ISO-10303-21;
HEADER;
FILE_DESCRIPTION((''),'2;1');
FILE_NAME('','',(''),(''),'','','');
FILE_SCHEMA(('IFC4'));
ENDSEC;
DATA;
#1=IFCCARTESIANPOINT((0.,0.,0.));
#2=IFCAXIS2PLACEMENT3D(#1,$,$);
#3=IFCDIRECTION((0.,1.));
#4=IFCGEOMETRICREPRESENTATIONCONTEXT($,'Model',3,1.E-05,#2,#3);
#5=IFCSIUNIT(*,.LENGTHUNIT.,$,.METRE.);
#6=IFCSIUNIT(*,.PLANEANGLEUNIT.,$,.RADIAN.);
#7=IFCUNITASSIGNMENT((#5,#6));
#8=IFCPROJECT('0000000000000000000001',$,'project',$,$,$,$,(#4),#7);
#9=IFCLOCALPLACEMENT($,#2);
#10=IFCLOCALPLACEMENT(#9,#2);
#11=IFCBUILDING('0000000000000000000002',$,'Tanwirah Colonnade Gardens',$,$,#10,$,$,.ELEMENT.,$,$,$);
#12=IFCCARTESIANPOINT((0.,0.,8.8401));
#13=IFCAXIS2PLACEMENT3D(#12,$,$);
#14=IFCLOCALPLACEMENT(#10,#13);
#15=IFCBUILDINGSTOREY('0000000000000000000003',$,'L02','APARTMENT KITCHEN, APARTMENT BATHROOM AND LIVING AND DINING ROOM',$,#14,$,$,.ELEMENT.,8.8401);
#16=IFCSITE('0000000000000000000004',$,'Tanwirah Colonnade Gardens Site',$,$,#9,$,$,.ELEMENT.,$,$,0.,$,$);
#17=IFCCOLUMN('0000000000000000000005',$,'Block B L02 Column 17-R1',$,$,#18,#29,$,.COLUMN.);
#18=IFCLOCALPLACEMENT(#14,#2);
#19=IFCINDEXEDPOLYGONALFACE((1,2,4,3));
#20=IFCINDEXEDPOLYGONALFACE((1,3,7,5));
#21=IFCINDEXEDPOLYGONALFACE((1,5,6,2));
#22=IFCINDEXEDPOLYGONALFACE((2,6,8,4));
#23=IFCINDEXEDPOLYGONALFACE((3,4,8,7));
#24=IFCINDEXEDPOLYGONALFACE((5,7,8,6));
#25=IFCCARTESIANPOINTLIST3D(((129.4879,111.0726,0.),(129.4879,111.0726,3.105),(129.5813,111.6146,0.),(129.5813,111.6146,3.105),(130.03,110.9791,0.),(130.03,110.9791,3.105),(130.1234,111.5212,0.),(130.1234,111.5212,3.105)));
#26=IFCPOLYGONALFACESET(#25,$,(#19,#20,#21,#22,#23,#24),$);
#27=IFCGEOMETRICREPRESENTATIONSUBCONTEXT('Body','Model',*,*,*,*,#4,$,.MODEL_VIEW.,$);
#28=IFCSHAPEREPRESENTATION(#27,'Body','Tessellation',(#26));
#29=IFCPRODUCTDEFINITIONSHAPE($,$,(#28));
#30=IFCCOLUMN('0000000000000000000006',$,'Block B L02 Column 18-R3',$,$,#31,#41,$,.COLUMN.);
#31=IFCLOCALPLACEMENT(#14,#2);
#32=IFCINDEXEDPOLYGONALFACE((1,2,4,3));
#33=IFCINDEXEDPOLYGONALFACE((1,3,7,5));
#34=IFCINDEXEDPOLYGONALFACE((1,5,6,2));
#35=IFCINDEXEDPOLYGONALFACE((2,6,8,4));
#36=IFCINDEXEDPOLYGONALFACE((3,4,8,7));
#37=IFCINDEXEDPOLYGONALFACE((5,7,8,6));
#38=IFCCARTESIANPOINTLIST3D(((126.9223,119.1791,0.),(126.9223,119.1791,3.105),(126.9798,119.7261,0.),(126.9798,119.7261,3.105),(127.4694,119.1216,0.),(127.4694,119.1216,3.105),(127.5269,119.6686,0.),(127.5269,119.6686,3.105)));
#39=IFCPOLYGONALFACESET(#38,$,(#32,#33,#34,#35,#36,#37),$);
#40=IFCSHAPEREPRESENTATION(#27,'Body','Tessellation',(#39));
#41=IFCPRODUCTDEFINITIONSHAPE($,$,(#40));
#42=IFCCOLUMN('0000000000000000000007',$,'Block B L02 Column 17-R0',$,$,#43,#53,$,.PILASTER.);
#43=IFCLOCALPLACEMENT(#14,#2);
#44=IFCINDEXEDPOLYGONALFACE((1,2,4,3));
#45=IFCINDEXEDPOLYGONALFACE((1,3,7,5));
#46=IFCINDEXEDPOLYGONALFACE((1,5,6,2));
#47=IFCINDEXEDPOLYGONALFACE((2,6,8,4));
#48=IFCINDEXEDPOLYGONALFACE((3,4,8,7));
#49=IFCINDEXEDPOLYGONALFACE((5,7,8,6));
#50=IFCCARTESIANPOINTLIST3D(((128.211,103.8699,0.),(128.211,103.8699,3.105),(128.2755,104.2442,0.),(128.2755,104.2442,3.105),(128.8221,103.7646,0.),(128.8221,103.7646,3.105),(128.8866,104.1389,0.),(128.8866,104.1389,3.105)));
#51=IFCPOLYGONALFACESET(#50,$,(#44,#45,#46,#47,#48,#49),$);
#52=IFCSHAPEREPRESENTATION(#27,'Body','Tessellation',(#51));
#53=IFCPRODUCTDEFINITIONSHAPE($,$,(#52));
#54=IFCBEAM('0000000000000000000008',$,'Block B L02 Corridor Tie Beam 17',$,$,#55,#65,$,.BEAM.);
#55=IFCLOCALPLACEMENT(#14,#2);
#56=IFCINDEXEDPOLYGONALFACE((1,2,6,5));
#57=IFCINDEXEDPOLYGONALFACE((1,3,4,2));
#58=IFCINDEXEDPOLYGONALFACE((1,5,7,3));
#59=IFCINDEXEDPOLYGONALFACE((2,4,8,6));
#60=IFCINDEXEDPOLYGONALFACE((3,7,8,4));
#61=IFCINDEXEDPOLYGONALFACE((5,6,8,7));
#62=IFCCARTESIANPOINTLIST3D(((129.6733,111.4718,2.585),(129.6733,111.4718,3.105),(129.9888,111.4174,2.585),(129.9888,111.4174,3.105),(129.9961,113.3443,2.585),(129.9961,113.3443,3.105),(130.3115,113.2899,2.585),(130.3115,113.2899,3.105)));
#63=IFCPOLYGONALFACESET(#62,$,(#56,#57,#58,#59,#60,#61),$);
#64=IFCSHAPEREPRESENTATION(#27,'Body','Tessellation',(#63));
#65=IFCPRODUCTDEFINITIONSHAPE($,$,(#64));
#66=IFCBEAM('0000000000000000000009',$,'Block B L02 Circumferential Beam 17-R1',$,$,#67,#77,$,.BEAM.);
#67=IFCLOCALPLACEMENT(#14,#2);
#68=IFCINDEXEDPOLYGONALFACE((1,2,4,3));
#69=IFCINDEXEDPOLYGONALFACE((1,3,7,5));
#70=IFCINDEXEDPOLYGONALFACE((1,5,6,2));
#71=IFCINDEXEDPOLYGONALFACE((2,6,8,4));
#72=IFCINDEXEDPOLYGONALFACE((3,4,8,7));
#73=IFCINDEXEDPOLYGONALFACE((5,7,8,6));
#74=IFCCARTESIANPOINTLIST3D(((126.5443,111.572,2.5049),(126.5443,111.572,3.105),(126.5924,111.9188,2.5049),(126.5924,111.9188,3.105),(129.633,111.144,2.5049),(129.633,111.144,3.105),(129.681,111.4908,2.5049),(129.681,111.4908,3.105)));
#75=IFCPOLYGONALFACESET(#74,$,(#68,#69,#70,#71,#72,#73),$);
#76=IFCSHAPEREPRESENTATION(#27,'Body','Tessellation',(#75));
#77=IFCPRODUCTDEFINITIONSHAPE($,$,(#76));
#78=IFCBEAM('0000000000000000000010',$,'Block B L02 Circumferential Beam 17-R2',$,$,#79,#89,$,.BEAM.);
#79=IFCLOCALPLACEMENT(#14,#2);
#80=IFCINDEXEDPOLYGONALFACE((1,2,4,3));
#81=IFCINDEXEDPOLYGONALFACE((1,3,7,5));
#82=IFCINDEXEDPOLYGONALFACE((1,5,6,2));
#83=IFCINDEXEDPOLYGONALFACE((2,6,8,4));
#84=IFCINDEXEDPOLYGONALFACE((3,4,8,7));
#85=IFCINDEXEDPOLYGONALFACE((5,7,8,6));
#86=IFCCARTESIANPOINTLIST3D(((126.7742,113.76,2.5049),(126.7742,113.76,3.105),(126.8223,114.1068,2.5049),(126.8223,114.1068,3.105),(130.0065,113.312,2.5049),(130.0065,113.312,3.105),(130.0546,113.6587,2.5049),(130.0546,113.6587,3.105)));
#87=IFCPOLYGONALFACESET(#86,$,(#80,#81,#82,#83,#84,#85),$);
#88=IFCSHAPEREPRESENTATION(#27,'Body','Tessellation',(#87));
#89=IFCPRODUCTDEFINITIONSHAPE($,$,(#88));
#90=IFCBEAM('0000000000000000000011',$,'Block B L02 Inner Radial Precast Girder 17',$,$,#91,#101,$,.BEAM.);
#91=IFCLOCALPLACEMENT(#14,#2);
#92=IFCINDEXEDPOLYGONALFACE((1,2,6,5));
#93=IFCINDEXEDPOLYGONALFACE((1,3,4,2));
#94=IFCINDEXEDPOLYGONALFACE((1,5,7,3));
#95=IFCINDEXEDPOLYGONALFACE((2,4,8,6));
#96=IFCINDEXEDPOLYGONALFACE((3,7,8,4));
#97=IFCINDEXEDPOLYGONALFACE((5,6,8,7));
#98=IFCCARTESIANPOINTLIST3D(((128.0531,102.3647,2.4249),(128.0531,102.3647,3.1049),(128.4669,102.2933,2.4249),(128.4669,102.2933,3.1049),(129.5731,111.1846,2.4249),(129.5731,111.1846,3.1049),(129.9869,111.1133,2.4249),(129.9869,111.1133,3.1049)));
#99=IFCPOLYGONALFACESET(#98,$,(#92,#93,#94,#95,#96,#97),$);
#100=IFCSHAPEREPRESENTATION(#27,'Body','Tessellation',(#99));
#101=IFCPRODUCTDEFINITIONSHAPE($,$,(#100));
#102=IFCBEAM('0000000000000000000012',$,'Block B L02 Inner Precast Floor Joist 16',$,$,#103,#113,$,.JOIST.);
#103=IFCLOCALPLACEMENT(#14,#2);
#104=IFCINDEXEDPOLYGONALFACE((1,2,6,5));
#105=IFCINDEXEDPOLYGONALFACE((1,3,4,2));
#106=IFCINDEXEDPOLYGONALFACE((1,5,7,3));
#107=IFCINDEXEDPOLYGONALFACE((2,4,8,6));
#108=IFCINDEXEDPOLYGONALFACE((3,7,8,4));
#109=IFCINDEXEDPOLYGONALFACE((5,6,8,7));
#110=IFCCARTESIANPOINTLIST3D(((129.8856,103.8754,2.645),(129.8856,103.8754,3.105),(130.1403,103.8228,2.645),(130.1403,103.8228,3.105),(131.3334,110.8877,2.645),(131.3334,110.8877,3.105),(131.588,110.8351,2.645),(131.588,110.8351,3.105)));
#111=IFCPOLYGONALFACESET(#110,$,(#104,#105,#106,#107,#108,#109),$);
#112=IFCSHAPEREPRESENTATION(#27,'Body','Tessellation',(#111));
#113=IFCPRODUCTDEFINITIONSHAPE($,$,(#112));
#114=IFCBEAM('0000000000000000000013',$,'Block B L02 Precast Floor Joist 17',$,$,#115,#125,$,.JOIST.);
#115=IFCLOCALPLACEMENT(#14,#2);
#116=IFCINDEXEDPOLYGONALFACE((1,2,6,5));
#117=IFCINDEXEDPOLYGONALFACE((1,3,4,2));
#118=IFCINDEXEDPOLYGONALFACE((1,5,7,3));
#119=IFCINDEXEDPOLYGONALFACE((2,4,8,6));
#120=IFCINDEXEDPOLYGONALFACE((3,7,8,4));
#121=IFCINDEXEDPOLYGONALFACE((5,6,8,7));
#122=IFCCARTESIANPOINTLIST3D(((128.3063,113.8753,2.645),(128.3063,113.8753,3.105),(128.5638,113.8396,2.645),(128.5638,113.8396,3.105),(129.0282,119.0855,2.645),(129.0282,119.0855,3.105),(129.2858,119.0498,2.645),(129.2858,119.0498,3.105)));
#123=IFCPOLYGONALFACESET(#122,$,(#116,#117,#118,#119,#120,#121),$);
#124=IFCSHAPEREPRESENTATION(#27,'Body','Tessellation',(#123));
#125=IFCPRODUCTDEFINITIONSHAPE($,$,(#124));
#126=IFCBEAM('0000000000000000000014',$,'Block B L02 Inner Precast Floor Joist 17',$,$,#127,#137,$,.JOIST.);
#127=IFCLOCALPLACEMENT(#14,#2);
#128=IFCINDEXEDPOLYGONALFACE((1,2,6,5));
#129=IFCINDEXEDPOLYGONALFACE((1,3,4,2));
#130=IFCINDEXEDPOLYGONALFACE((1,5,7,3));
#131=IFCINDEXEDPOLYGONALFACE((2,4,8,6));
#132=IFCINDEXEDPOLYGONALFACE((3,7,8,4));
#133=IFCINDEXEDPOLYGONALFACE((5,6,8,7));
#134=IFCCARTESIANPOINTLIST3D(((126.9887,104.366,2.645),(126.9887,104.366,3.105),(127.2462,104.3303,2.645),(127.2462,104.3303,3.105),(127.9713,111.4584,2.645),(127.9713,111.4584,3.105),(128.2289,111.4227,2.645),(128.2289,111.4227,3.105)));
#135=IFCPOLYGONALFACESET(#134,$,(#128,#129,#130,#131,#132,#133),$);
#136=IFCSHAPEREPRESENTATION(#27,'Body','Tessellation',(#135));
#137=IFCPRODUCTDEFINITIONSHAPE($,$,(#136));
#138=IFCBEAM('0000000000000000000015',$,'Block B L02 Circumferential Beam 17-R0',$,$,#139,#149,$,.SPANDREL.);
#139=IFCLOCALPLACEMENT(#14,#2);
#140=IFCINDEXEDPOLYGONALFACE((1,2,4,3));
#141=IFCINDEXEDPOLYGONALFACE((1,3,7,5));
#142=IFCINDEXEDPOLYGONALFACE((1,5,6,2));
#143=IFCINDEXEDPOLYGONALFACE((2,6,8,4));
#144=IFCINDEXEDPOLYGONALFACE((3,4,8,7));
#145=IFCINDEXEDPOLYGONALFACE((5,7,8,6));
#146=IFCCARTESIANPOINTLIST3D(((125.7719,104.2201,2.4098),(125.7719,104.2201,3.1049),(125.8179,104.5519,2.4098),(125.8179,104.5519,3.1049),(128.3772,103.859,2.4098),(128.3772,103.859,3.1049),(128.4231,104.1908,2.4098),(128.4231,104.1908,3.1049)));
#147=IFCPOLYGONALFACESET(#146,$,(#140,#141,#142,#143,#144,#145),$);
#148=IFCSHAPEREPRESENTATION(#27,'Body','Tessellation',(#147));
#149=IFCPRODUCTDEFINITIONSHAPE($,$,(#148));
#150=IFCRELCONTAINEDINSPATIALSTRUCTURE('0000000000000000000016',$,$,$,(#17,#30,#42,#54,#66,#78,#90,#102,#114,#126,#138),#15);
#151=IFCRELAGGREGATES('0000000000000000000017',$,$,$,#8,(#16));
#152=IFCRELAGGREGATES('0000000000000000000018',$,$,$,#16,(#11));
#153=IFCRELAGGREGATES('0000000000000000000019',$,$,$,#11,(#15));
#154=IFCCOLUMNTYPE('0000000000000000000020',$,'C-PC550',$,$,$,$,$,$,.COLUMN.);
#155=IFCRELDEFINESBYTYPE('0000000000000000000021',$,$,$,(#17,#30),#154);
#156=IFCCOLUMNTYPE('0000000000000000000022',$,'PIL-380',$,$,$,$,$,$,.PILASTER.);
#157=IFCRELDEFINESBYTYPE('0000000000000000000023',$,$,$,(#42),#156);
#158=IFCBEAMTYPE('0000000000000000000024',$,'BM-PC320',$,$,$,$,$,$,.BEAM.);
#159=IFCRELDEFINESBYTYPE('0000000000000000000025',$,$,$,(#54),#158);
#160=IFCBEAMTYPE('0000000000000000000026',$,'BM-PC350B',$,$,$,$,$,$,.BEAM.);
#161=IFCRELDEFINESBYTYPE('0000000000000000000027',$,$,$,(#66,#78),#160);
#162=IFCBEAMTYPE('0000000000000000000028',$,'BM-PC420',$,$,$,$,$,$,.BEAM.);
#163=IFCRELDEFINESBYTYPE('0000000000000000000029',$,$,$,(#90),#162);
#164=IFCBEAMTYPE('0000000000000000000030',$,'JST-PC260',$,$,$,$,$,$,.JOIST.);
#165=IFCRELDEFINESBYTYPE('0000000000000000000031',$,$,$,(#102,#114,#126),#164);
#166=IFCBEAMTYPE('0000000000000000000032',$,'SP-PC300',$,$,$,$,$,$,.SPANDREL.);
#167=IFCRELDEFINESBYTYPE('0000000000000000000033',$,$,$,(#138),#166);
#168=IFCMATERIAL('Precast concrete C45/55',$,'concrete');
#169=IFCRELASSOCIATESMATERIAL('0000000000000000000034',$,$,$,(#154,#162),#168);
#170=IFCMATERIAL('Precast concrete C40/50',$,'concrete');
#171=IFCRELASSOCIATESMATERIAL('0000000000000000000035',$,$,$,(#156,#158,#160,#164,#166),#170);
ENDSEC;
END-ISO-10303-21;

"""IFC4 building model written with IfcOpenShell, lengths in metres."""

from ifc_helpers import new_model, si_unit, direction, frame, origin, origin_2d, place, context, subcontext, project, spatial, rectangle, extrude, material, material_profile, profile_set, type_object, element, save


model = new_model("IFC4")

# Units and contexts
model_context = context("Model", 3, precision=1e-05, world=origin(), true_north=direction((0.0, 1.0)))
body_context = subcontext(model_context, "Body", "Model", "MODEL_VIEW")
ifc_project = project(units=[si_unit("LENGTHUNIT", "METRE"), si_unit("PLANEANGLEUNIT", "RADIAN")], contexts=[model_context])

# Site, building, storey
site_placement = place(None, origin())
site = spatial("IfcSite", under=ifc_project, at=site_placement, Name="Tanwirah Colonnade Gardens Site", CompositionType="ELEMENT", RefElevation=0.0)
building_placement = place(site_placement, origin())
building = spatial("IfcBuilding", under=site, at=building_placement, Name="Tanwirah Colonnade Gardens", CompositionType="ELEMENT")
storey_placement = place(building_placement, frame((0.0, 0.0, 8.8401)))
storey = spatial("IfcBuildingStorey", under=building, at=storey_placement, Name="L02", Description="APARTMENT KITCHEN, APARTMENT BATHROOM AND LIVING AND DINING ROOM", CompositionType="ELEMENT", Elevation=8.8401)

# Columns
ifc_material_1 = material(Name="Precast concrete C45/55", Category="concrete")
ifc_material_profile_1 = material_profile(ifc_material_1, rectangle(XDim=0.55, YDim=0.55, at=origin_2d()), Name="PC-COL 550x550")
ifc_profile_set_1 = profile_set([ifc_material_profile_1], Name="Precast concrete C45/55")
column_type_1 = type_object("IfcColumnType", Name="C-PC550", PredefinedType="COLUMN", material=ifc_profile_set_1)
for number, where, z_axis, x_axis, name in (
    (1, (129.8057, 111.2969, 0.0), (0.0, 0.0, 1.0), (0.169827, 0.985474, 0.0), "Block B L02 Column 17-R1"),
    (2, (127.2246, 119.4238, 0.0), (0.0, 0.0, 1.0), (0.104528, 0.994522, 0.0), "Block B L02 Column 18-R3"),
):
    element("IfcColumn", number, at=place(storey_placement, frame(where, z_axis=z_axis, x_axis=x_axis)), inside=storey, type_object=column_type_1, Name=name, PredefinedType="COLUMN", context=body_context, shape_type="SweptSolid", body=[
        extrude(rectangle(XDim=0.55, YDim=0.55, at=origin_2d()), origin(), (0.0, 0.0, 1.0), 3.105),
    ])
ifc_material_2 = material(Name="Precast concrete C40/50", Category="concrete")
ifc_material_profile_2 = material_profile(ifc_material_2, rectangle(XDim=0.3799, YDim=0.6201, at=origin_2d()), Name="PC-PIL 380x620")
ifc_profile_set_2 = profile_set([ifc_material_profile_2], Name="Precast concrete C40/50")
column_type_2 = type_object("IfcColumnType", Name="PIL-380", PredefinedType="PILASTER", material=ifc_profile_set_2)
column_placement = place(storey_placement, frame((128.5488, 104.0044, 0.0), z_axis=(0.0, 0.0, 1.0), x_axis=(0.169827, 0.985474, 0.0)))
element("IfcColumn", 3, at=column_placement, inside=storey, type_object=column_type_2, Name="Block B L02 Column 17-R0", PredefinedType="PILASTER", context=body_context, shape_type="SweptSolid", body=[
    extrude(rectangle(XDim=0.3799, YDim=0.6201, at=origin_2d()), origin(), (0.0, 0.0, 1.0), 3.105),
])

# Beams
ifc_material_profile_3 = material_profile(ifc_material_2, rectangle(XDim=0.3201, YDim=0.52, at=origin_2d()), Name="PC-BM 320x520")
ifc_profile_set_3 = profile_set([ifc_material_profile_3], Name="Precast concrete C40/50")
beam_type_1 = type_object("IfcBeamType", Name="BM-PC320", PredefinedType="BEAM", material=ifc_profile_set_3)
beam_1_placement = place(storey_placement, frame((129.8311, 111.4446, 2.845), z_axis=(0.169855, 0.985469, 0.0), x_axis=(-0.985469, 0.169855, 0.0)))
element("IfcBeam", 4, at=beam_1_placement, inside=storey, type_object=beam_type_1, Name="Block B L02 Corridor Tie Beam 17", PredefinedType="BEAM", context=body_context, shape_type="SweptSolid", body=[
    extrude(rectangle(XDim=0.3201, YDim=0.52, at=origin_2d()), origin(), (0.0, 0.0, 1.0), 1.9001),
])
ifc_material_profile_4 = material_profile(ifc_material_2, rectangle(XDim=0.3501, YDim=0.6001, at=origin_2d()), Name="PC-BM 350x600")
ifc_profile_set_4 = profile_set([ifc_material_profile_4], Name="Precast concrete C40/50")
beam_type_2 = type_object("IfcBeamType", Name="BM-PC350B", PredefinedType="BEAM", material=ifc_profile_set_4)
beam_2_placement = place(storey_placement, frame((129.657, 111.3174, 2.8049), z_axis=(-0.990536, 0.137255, 0.0), x_axis=(-0.137255, -0.990536, 0.0)))
element("IfcBeam", 5, at=beam_2_placement, inside=storey, type_object=beam_type_2, Name="Block B L02 Circumferential Beam 17-R1", PredefinedType="BEAM", context=body_context, shape_type="SweptSolid", body=[
    extrude(rectangle(XDim=0.3501, YDim=0.6001, at=origin_2d()), origin(), (0.0, 0.0, 1.0), 3.1182),
])
beam_3_placement = place(storey_placement, frame((130.0305, 113.4854, 2.8049), z_axis=(-0.99053, 0.137293, 0.0), x_axis=(-0.137293, -0.99053, 0.0)))
element("IfcBeam", 6, at=beam_3_placement, inside=storey, type_object=beam_type_2, Name="Block B L02 Circumferential Beam 17-R2", PredefinedType="BEAM", context=body_context, shape_type="SweptSolid", body=[
    extrude(rectangle(XDim=0.3501, YDim=0.6001, at=origin_2d()), origin(), (0.0, 0.0, 1.0), 3.2632),
])
ifc_material_profile_5 = material_profile(ifc_material_1, rectangle(XDim=0.4199, YDim=0.6799, at=origin_2d()), Name="PC-BM 420x680")
ifc_profile_set_5 = profile_set([ifc_material_profile_5], Name="Precast concrete C45/55")
beam_type_3 = type_object("IfcBeamType", Name="BM-PC420", PredefinedType="BEAM", material=ifc_profile_set_5)
beam_4_placement = place(storey_placement, frame((129.78, 111.1489, 2.7649), z_axis=(-0.169837, -0.985472, 0.0), x_axis=(0.985472, -0.169837, 0.0)))
element("IfcBeam", 7, at=beam_4_placement, inside=storey, type_object=beam_type_3, Name="Block B L02 Inner Radial Precast Girder 17", PredefinedType="BEAM", context=body_context, shape_type="SweptSolid", body=[
    extrude(rectangle(XDim=0.4199, YDim=0.6799, at=origin_2d()), origin(), (0.0, 0.0, 1.0), 8.95),
])
ifc_material_profile_6 = material_profile(ifc_material_2, rectangle(XDim=0.26, YDim=0.46, at=origin_2d()), Name="PC-JST 260x460")
ifc_profile_set_6 = profile_set([ifc_material_profile_6], Name="Precast concrete C40/50")
beam_type_4 = type_object("IfcBeamType", Name="JST-PC260", PredefinedType="JOIST", material=ifc_profile_set_6)
beam_5_placement = place(storey_placement, frame((130.0129, 103.8491, 2.875), z_axis=(0.202197, 0.979345, 0.0), x_axis=(-0.979345, 0.202197, 0.0)))
element("IfcBeam", 8, at=beam_5_placement, inside=storey, type_object=beam_type_4, Name="Block B L02 Inner Precast Floor Joist 16", PredefinedType="JOIST", context=body_context, shape_type="SweptSolid", body=[
    extrude(rectangle(XDim=0.26, YDim=0.46, at=origin_2d()), origin(), (0.0, 0.0, 1.0), 7.1602),
])
beam_6_placement = place(storey_placement, frame((128.4351, 113.8574, 2.875), z_axis=(0.137248, 0.990537, 0.0), x_axis=(-0.990537, 0.137248, 0.0)))
element("IfcBeam", 9, at=beam_6_placement, inside=storey, type_object=beam_type_4, Name="Block B L02 Precast Floor Joist 17", PredefinedType="JOIST", context=body_context, shape_type="SweptSolid", body=[
    extrude(rectangle(XDim=0.26, YDim=0.46, at=origin_2d()), origin(), (0.0, 0.0, 1.0), 5.26),
])
beam_7_placement = place(storey_placement, frame((127.1174, 104.3481, 2.875), z_axis=(0.137243, 0.990537, 0.0), x_axis=(-0.990537, 0.137243, 0.0)))
element("IfcBeam", 10, at=beam_7_placement, inside=storey, type_object=beam_type_4, Name="Block B L02 Inner Precast Floor Joist 17", PredefinedType="JOIST", context=body_context, shape_type="SweptSolid", body=[
    extrude(rectangle(XDim=0.26, YDim=0.46, at=origin_2d()), origin(), (0.0, 0.0, 1.0), 7.1602),
])
ifc_material_profile_7 = material_profile(ifc_material_2, rectangle(XDim=0.335, YDim=0.6951, at=origin_2d()), Name="PC-SP 335x695")
ifc_profile_set_7 = profile_set([ifc_material_profile_7], Name="Precast concrete C40/50")
beam_type_5 = type_object("IfcBeamType", Name="SP-PC300", PredefinedType="SPANDREL", material=ifc_profile_set_7)
beam_8_placement = place(storey_placement, frame((128.4001, 104.0249, 2.7573), z_axis=(-0.990531, 0.137288, 0.0), x_axis=(-0.137288, -0.990531, 0.0)))
element("IfcBeam", 11, at=beam_8_placement, inside=storey, type_object=beam_type_5, Name="Block B L02 Circumferential Beam 17-R0", PredefinedType="SPANDREL", context=body_context, shape_type="SweptSolid", body=[
    extrude(rectangle(XDim=0.335, YDim=0.6951, at=origin_2d()), origin(), (0.0, 0.0, 1.0), 2.6301),
])

save(model, "model.ifc")
